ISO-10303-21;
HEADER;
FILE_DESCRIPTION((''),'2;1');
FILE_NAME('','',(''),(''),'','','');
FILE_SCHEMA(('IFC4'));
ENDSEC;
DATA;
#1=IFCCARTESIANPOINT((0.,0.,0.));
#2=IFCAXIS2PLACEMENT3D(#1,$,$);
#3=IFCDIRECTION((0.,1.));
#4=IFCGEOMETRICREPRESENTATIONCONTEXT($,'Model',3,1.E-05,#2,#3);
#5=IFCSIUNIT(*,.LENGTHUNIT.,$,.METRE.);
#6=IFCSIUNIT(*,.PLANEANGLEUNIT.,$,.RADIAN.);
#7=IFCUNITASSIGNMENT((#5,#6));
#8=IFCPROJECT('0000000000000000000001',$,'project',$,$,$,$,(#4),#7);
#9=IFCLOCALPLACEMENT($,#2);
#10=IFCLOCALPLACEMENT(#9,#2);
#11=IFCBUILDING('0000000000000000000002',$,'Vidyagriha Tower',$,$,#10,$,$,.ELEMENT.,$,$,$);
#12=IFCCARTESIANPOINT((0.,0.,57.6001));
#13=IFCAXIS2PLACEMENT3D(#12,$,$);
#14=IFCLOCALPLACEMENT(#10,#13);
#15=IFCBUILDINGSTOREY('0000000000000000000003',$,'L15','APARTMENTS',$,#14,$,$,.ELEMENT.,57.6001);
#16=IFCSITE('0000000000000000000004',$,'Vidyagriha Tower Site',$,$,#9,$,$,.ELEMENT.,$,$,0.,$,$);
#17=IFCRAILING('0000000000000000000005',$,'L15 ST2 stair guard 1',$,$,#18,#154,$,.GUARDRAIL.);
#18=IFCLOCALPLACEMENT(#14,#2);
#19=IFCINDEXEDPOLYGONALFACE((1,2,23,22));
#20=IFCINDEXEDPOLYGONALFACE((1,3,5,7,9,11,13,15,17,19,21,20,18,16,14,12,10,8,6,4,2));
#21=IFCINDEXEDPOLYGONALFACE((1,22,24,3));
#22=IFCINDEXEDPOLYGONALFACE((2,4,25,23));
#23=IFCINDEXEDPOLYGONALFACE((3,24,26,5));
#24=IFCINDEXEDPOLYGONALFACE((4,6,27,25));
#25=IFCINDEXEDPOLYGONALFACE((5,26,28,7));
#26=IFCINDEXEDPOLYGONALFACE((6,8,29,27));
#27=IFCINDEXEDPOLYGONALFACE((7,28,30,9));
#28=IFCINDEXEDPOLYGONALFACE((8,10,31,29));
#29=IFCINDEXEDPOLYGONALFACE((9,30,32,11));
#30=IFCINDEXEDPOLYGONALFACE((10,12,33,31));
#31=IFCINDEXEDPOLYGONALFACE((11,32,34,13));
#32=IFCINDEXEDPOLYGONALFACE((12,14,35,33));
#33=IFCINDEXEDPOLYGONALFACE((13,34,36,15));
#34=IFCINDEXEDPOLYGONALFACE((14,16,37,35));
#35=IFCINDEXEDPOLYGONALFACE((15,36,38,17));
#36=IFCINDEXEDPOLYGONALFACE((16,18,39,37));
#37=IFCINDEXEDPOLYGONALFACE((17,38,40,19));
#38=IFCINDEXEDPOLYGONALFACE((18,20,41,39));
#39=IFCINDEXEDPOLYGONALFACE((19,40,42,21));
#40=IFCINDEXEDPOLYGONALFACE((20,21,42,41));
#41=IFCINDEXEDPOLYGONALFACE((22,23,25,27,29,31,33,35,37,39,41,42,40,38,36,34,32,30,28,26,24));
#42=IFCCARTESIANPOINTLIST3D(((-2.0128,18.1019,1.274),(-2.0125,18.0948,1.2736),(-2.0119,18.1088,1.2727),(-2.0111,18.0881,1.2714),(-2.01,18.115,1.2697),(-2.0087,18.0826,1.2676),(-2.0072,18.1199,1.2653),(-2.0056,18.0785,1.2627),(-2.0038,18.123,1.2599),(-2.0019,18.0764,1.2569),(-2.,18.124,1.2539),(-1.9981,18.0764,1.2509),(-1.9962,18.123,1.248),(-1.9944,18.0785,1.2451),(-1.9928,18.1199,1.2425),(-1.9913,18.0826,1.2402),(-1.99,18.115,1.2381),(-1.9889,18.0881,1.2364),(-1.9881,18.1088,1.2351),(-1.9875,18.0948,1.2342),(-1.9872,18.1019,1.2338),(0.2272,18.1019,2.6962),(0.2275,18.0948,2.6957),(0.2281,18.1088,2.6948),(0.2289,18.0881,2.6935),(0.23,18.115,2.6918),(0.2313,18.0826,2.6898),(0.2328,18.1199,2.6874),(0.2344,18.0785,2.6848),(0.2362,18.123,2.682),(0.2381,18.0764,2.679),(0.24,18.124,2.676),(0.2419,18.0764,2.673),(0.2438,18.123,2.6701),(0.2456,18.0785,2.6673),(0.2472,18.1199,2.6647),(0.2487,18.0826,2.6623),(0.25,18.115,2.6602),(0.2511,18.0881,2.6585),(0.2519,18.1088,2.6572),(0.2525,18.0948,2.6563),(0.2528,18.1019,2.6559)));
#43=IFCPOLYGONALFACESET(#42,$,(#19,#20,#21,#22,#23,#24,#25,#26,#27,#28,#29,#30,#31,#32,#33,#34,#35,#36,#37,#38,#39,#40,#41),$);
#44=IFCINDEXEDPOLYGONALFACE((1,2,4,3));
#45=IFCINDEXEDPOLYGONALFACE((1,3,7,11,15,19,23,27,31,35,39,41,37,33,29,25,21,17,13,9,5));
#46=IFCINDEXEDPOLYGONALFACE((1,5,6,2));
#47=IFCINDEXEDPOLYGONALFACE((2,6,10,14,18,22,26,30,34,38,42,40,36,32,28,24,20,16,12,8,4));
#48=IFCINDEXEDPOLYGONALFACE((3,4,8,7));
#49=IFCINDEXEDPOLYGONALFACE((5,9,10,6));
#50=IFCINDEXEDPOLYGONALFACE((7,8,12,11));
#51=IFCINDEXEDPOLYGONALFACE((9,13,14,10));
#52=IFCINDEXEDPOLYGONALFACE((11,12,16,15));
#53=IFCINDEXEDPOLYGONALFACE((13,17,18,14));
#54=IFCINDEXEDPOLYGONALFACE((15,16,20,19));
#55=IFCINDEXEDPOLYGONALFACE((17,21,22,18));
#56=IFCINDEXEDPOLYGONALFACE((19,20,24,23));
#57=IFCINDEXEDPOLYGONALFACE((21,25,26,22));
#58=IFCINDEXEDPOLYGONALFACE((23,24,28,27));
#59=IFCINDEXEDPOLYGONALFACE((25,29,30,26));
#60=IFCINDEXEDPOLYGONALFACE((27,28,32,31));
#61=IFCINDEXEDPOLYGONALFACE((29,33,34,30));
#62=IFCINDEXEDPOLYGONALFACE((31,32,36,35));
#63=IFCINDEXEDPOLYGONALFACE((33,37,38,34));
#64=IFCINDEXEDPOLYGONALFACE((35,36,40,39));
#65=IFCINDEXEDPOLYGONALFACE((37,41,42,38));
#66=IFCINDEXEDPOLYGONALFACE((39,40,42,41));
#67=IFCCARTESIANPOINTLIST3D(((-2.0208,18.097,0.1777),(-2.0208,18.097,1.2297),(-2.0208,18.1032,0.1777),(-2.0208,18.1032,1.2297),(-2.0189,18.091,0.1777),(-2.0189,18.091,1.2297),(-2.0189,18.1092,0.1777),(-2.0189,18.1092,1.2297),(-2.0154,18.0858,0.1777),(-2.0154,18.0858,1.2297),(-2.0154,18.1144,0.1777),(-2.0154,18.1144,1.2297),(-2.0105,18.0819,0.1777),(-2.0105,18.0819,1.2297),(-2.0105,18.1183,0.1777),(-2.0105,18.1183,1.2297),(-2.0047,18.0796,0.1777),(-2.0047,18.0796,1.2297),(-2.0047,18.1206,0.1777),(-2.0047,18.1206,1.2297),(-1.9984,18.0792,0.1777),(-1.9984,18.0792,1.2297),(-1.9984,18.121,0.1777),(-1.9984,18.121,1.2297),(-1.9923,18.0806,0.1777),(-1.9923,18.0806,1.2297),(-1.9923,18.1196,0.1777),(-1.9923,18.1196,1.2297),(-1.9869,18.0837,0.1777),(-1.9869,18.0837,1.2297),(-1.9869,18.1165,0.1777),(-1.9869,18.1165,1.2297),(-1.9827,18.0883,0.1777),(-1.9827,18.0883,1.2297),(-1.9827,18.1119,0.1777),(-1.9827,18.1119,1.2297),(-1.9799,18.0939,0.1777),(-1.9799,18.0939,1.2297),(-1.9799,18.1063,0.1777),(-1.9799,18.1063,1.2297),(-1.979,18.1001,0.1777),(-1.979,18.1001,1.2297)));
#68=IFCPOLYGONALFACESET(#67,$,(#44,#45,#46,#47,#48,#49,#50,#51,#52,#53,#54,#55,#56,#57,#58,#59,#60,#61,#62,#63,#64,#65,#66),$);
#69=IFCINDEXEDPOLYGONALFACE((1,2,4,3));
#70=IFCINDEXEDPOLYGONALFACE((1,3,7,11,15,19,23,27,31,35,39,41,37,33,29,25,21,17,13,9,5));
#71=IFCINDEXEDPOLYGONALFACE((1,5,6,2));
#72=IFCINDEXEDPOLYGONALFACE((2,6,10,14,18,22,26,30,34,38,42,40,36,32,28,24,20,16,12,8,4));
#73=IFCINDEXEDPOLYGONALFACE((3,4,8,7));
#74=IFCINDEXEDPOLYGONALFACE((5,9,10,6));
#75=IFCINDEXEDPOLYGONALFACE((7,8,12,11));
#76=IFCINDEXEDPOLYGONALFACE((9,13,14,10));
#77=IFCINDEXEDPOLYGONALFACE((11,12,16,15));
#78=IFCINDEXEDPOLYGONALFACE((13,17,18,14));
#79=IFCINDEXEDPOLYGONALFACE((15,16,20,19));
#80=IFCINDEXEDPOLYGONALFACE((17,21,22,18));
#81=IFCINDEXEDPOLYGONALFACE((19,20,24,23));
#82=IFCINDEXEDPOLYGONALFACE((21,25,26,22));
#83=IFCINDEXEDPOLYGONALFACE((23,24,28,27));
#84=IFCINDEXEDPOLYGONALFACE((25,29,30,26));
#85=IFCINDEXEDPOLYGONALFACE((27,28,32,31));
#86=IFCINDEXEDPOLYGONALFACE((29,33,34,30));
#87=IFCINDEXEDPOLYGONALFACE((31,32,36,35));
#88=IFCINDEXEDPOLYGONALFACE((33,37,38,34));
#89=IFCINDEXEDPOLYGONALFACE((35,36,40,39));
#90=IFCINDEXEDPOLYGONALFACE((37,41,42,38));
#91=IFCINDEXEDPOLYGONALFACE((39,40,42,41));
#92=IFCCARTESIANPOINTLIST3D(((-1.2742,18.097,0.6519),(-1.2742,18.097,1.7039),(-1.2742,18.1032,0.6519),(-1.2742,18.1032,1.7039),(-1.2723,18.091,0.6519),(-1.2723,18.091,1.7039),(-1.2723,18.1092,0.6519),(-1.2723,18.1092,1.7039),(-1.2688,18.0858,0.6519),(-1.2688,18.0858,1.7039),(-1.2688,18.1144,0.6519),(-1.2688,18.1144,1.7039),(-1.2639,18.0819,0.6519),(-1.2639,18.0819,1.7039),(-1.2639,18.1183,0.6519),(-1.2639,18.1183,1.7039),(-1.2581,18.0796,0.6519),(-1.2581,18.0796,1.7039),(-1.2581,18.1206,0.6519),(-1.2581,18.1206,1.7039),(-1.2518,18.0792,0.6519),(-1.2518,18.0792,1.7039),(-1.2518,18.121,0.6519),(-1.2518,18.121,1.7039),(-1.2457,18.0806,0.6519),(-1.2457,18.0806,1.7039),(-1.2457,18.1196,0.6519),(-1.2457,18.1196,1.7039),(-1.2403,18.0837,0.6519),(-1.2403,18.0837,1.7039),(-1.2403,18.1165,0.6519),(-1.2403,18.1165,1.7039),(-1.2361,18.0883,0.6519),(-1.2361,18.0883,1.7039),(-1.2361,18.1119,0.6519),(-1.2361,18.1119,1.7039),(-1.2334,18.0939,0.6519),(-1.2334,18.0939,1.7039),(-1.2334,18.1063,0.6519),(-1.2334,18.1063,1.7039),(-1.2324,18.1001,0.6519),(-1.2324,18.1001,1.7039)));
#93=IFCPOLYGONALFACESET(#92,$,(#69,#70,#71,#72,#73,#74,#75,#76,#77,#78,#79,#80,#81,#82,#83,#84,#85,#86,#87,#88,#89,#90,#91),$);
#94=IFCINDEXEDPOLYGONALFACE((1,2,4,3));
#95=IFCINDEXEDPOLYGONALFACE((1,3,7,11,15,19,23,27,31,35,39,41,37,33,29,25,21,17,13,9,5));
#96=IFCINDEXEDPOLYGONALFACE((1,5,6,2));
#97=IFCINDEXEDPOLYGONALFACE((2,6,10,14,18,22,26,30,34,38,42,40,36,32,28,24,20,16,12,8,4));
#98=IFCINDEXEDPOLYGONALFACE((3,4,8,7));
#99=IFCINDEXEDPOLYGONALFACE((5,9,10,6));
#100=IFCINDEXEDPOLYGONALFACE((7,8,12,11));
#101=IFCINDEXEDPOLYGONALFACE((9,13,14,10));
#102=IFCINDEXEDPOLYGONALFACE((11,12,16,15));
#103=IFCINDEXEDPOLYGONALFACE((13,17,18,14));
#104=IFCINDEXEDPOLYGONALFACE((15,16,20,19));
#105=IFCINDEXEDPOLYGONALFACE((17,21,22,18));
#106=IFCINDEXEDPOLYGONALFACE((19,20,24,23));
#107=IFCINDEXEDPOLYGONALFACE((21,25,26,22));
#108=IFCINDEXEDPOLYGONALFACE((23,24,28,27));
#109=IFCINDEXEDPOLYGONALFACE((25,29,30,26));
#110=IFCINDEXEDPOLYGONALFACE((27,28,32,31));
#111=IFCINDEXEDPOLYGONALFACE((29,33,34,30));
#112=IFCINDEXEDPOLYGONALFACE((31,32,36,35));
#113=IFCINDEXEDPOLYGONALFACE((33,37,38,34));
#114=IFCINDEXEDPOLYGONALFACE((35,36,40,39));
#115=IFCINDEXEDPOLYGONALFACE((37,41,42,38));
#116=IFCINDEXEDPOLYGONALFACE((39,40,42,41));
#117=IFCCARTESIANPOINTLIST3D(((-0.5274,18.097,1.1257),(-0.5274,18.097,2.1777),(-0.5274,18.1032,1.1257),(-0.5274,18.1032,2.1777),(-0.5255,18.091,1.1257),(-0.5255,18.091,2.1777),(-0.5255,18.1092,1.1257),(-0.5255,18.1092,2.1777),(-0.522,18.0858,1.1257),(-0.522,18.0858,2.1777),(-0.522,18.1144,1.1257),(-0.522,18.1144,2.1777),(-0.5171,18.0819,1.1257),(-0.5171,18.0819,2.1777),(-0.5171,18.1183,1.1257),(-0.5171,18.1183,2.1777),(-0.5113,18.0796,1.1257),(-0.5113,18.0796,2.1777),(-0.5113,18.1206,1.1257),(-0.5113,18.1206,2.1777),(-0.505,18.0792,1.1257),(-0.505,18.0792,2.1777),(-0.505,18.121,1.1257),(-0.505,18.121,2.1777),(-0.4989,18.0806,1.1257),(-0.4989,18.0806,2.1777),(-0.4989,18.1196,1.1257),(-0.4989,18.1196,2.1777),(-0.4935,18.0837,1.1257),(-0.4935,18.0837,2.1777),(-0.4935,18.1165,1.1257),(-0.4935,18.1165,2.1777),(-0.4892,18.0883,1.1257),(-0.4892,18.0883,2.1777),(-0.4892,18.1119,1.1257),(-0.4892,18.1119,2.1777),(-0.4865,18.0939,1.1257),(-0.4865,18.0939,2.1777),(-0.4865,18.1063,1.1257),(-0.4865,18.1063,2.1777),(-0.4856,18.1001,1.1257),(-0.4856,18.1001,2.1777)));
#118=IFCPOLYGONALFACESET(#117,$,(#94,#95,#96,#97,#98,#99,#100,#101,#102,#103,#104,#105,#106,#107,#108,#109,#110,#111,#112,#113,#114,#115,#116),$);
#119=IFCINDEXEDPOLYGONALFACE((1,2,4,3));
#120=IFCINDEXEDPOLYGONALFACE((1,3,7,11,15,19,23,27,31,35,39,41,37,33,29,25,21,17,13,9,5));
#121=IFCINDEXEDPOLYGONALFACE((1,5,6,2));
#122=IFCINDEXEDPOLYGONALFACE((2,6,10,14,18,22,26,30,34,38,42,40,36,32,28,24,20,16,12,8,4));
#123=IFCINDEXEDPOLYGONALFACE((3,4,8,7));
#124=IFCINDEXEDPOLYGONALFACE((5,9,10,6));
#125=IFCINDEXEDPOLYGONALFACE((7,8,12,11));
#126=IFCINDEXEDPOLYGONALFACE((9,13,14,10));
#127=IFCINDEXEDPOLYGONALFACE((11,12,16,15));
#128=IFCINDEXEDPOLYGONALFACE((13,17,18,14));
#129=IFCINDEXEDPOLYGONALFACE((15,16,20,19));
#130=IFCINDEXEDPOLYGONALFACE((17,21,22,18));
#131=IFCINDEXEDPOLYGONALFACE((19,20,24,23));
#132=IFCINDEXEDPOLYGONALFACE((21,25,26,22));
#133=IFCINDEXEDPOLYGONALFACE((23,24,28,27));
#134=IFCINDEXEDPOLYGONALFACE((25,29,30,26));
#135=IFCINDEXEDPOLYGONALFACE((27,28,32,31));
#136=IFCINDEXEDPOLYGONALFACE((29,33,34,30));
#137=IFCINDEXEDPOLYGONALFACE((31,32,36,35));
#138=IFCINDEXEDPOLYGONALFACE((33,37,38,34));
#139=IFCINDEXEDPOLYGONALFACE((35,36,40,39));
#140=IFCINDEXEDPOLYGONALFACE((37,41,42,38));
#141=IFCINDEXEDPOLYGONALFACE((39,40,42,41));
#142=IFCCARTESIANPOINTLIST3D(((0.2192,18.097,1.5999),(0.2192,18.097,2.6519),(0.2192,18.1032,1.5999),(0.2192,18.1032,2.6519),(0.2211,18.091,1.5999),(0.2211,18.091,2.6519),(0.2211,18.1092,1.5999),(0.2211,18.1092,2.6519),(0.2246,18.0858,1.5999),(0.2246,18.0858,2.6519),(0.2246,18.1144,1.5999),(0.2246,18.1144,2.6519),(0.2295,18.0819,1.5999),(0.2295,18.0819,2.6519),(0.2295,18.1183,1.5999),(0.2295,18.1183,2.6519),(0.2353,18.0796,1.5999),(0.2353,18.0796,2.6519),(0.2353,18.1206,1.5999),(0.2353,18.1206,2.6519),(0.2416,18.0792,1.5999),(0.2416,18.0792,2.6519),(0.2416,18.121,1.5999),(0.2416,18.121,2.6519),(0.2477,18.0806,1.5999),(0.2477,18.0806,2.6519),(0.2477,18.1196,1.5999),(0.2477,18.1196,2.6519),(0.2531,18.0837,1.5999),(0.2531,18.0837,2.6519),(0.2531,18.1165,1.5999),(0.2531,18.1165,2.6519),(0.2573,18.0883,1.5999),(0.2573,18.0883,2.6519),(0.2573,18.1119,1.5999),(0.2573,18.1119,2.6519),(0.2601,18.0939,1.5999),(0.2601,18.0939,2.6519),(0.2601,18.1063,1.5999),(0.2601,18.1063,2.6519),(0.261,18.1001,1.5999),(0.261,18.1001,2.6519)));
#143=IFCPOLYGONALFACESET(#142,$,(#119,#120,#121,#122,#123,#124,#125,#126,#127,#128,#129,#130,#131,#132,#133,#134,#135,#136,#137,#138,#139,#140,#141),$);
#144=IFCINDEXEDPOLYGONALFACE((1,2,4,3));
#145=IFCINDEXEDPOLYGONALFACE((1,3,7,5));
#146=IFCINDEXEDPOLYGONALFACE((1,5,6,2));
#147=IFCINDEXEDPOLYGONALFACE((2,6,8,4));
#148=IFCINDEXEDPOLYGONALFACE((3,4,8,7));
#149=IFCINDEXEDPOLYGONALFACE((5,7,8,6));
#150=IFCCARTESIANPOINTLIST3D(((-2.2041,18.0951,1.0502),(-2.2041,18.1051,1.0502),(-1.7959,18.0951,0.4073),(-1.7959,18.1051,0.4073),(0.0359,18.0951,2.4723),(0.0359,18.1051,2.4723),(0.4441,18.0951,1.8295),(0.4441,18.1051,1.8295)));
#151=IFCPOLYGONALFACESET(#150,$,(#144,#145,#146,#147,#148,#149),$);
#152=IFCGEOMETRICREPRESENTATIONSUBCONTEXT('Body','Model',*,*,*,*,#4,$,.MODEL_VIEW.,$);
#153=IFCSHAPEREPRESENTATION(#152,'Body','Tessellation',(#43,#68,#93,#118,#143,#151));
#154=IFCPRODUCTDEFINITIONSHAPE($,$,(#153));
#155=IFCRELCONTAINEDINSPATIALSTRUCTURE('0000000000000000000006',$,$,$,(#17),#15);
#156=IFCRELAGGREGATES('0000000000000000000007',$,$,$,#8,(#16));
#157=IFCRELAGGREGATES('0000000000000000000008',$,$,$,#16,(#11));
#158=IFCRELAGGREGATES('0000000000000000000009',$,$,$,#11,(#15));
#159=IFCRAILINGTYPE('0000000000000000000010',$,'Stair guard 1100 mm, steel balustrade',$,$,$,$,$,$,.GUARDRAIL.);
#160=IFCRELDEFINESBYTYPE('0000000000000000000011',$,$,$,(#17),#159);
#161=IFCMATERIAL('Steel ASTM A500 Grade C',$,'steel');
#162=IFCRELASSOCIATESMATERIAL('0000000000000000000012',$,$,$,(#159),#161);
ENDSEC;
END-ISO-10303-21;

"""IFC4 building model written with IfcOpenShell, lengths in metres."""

from ifc_helpers import new_model, si_unit, direction, frame, origin, origin_2d, place, context, subcontext, project, spatial, rectangle, circle, extrude, material, type_object, element, save


model = new_model("IFC4")

# Units and contexts
model_context = context("Model", 3, precision=1e-05, world=origin(), true_north=direction((0.0, 1.0)))
body_context = subcontext(model_context, "Body", "Model", "MODEL_VIEW")
ifc_project = project(units=[si_unit("LENGTHUNIT", "METRE"), si_unit("PLANEANGLEUNIT", "RADIAN")], contexts=[model_context])

# Site, building, storey
site_placement = place(None, origin())
site = spatial("IfcSite", under=ifc_project, at=site_placement, Name="Vidyagriha Tower Site", CompositionType="ELEMENT", RefElevation=0.0)
building_placement = place(site_placement, origin())
building = spatial("IfcBuilding", under=site, at=building_placement, Name="Vidyagriha Tower", CompositionType="ELEMENT")
storey_placement = place(building_placement, frame((0.0, 0.0, 57.6001)))
storey = spatial("IfcBuildingStorey", under=building, at=storey_placement, Name="L15", Description="APARTMENTS", CompositionType="ELEMENT", Elevation=57.6001)

# Railing
ifc_material_1 = material(Name="Steel ASTM A500 Grade C", Category="steel")
railing_type_1 = type_object("IfcRailingType", Name="Stair guard 1100 mm, steel balustrade", PredefinedType="GUARDRAIL", material=ifc_material_1)
railing_1_placement = place(storey_placement, frame((-2.0, 18.1001, 0.1777)))
element("IfcRailing", 1, at=railing_1_placement, inside=storey, type_object=railing_type_1, Name="L15 ST2 stair guard 1", PredefinedType="GUARDRAIL", context=body_context, shape_type="SweptSolid", body=[
    extrude(circle(Radius=0.0239, at=origin_2d()), frame((0.0, 0.0, 1.0762), z_axis=(0.844229, 0.0, 0.535982), x_axis=(0.0, 1.0, 0.0)), (0.0, 0.0, 1.0), 2.6533),
    extrude(circle(Radius=0.021, at=origin_2d()), origin(), (0.0, 0.0, 1.0), 1.052),
    extrude(circle(Radius=0.021, at=origin_2d()), frame((0.7466, 0.0, 0.4741)), (0.0, 0.0, 1.0), 1.052),
    extrude(circle(Radius=0.021, at=origin_2d()), frame((1.4934, 0.0, 0.948)), (0.0, 0.0, 1.0), 1.052),
    extrude(circle(Radius=0.021, at=origin_2d()), frame((2.24, 0.0, 1.4221)), (0.0, 0.0, 1.0), 1.052),
    extrude(rectangle(XDim=0.01, YDim=0.7615, at=origin_2d()), frame((0.0, 0.0, 0.551), z_axis=(0.844229, 0.0, 0.535982), x_axis=(0.0, 1.0, 0.0)), (0.0, 0.0, 1.0), 2.6533),
])

save(model, "model.ifc")
